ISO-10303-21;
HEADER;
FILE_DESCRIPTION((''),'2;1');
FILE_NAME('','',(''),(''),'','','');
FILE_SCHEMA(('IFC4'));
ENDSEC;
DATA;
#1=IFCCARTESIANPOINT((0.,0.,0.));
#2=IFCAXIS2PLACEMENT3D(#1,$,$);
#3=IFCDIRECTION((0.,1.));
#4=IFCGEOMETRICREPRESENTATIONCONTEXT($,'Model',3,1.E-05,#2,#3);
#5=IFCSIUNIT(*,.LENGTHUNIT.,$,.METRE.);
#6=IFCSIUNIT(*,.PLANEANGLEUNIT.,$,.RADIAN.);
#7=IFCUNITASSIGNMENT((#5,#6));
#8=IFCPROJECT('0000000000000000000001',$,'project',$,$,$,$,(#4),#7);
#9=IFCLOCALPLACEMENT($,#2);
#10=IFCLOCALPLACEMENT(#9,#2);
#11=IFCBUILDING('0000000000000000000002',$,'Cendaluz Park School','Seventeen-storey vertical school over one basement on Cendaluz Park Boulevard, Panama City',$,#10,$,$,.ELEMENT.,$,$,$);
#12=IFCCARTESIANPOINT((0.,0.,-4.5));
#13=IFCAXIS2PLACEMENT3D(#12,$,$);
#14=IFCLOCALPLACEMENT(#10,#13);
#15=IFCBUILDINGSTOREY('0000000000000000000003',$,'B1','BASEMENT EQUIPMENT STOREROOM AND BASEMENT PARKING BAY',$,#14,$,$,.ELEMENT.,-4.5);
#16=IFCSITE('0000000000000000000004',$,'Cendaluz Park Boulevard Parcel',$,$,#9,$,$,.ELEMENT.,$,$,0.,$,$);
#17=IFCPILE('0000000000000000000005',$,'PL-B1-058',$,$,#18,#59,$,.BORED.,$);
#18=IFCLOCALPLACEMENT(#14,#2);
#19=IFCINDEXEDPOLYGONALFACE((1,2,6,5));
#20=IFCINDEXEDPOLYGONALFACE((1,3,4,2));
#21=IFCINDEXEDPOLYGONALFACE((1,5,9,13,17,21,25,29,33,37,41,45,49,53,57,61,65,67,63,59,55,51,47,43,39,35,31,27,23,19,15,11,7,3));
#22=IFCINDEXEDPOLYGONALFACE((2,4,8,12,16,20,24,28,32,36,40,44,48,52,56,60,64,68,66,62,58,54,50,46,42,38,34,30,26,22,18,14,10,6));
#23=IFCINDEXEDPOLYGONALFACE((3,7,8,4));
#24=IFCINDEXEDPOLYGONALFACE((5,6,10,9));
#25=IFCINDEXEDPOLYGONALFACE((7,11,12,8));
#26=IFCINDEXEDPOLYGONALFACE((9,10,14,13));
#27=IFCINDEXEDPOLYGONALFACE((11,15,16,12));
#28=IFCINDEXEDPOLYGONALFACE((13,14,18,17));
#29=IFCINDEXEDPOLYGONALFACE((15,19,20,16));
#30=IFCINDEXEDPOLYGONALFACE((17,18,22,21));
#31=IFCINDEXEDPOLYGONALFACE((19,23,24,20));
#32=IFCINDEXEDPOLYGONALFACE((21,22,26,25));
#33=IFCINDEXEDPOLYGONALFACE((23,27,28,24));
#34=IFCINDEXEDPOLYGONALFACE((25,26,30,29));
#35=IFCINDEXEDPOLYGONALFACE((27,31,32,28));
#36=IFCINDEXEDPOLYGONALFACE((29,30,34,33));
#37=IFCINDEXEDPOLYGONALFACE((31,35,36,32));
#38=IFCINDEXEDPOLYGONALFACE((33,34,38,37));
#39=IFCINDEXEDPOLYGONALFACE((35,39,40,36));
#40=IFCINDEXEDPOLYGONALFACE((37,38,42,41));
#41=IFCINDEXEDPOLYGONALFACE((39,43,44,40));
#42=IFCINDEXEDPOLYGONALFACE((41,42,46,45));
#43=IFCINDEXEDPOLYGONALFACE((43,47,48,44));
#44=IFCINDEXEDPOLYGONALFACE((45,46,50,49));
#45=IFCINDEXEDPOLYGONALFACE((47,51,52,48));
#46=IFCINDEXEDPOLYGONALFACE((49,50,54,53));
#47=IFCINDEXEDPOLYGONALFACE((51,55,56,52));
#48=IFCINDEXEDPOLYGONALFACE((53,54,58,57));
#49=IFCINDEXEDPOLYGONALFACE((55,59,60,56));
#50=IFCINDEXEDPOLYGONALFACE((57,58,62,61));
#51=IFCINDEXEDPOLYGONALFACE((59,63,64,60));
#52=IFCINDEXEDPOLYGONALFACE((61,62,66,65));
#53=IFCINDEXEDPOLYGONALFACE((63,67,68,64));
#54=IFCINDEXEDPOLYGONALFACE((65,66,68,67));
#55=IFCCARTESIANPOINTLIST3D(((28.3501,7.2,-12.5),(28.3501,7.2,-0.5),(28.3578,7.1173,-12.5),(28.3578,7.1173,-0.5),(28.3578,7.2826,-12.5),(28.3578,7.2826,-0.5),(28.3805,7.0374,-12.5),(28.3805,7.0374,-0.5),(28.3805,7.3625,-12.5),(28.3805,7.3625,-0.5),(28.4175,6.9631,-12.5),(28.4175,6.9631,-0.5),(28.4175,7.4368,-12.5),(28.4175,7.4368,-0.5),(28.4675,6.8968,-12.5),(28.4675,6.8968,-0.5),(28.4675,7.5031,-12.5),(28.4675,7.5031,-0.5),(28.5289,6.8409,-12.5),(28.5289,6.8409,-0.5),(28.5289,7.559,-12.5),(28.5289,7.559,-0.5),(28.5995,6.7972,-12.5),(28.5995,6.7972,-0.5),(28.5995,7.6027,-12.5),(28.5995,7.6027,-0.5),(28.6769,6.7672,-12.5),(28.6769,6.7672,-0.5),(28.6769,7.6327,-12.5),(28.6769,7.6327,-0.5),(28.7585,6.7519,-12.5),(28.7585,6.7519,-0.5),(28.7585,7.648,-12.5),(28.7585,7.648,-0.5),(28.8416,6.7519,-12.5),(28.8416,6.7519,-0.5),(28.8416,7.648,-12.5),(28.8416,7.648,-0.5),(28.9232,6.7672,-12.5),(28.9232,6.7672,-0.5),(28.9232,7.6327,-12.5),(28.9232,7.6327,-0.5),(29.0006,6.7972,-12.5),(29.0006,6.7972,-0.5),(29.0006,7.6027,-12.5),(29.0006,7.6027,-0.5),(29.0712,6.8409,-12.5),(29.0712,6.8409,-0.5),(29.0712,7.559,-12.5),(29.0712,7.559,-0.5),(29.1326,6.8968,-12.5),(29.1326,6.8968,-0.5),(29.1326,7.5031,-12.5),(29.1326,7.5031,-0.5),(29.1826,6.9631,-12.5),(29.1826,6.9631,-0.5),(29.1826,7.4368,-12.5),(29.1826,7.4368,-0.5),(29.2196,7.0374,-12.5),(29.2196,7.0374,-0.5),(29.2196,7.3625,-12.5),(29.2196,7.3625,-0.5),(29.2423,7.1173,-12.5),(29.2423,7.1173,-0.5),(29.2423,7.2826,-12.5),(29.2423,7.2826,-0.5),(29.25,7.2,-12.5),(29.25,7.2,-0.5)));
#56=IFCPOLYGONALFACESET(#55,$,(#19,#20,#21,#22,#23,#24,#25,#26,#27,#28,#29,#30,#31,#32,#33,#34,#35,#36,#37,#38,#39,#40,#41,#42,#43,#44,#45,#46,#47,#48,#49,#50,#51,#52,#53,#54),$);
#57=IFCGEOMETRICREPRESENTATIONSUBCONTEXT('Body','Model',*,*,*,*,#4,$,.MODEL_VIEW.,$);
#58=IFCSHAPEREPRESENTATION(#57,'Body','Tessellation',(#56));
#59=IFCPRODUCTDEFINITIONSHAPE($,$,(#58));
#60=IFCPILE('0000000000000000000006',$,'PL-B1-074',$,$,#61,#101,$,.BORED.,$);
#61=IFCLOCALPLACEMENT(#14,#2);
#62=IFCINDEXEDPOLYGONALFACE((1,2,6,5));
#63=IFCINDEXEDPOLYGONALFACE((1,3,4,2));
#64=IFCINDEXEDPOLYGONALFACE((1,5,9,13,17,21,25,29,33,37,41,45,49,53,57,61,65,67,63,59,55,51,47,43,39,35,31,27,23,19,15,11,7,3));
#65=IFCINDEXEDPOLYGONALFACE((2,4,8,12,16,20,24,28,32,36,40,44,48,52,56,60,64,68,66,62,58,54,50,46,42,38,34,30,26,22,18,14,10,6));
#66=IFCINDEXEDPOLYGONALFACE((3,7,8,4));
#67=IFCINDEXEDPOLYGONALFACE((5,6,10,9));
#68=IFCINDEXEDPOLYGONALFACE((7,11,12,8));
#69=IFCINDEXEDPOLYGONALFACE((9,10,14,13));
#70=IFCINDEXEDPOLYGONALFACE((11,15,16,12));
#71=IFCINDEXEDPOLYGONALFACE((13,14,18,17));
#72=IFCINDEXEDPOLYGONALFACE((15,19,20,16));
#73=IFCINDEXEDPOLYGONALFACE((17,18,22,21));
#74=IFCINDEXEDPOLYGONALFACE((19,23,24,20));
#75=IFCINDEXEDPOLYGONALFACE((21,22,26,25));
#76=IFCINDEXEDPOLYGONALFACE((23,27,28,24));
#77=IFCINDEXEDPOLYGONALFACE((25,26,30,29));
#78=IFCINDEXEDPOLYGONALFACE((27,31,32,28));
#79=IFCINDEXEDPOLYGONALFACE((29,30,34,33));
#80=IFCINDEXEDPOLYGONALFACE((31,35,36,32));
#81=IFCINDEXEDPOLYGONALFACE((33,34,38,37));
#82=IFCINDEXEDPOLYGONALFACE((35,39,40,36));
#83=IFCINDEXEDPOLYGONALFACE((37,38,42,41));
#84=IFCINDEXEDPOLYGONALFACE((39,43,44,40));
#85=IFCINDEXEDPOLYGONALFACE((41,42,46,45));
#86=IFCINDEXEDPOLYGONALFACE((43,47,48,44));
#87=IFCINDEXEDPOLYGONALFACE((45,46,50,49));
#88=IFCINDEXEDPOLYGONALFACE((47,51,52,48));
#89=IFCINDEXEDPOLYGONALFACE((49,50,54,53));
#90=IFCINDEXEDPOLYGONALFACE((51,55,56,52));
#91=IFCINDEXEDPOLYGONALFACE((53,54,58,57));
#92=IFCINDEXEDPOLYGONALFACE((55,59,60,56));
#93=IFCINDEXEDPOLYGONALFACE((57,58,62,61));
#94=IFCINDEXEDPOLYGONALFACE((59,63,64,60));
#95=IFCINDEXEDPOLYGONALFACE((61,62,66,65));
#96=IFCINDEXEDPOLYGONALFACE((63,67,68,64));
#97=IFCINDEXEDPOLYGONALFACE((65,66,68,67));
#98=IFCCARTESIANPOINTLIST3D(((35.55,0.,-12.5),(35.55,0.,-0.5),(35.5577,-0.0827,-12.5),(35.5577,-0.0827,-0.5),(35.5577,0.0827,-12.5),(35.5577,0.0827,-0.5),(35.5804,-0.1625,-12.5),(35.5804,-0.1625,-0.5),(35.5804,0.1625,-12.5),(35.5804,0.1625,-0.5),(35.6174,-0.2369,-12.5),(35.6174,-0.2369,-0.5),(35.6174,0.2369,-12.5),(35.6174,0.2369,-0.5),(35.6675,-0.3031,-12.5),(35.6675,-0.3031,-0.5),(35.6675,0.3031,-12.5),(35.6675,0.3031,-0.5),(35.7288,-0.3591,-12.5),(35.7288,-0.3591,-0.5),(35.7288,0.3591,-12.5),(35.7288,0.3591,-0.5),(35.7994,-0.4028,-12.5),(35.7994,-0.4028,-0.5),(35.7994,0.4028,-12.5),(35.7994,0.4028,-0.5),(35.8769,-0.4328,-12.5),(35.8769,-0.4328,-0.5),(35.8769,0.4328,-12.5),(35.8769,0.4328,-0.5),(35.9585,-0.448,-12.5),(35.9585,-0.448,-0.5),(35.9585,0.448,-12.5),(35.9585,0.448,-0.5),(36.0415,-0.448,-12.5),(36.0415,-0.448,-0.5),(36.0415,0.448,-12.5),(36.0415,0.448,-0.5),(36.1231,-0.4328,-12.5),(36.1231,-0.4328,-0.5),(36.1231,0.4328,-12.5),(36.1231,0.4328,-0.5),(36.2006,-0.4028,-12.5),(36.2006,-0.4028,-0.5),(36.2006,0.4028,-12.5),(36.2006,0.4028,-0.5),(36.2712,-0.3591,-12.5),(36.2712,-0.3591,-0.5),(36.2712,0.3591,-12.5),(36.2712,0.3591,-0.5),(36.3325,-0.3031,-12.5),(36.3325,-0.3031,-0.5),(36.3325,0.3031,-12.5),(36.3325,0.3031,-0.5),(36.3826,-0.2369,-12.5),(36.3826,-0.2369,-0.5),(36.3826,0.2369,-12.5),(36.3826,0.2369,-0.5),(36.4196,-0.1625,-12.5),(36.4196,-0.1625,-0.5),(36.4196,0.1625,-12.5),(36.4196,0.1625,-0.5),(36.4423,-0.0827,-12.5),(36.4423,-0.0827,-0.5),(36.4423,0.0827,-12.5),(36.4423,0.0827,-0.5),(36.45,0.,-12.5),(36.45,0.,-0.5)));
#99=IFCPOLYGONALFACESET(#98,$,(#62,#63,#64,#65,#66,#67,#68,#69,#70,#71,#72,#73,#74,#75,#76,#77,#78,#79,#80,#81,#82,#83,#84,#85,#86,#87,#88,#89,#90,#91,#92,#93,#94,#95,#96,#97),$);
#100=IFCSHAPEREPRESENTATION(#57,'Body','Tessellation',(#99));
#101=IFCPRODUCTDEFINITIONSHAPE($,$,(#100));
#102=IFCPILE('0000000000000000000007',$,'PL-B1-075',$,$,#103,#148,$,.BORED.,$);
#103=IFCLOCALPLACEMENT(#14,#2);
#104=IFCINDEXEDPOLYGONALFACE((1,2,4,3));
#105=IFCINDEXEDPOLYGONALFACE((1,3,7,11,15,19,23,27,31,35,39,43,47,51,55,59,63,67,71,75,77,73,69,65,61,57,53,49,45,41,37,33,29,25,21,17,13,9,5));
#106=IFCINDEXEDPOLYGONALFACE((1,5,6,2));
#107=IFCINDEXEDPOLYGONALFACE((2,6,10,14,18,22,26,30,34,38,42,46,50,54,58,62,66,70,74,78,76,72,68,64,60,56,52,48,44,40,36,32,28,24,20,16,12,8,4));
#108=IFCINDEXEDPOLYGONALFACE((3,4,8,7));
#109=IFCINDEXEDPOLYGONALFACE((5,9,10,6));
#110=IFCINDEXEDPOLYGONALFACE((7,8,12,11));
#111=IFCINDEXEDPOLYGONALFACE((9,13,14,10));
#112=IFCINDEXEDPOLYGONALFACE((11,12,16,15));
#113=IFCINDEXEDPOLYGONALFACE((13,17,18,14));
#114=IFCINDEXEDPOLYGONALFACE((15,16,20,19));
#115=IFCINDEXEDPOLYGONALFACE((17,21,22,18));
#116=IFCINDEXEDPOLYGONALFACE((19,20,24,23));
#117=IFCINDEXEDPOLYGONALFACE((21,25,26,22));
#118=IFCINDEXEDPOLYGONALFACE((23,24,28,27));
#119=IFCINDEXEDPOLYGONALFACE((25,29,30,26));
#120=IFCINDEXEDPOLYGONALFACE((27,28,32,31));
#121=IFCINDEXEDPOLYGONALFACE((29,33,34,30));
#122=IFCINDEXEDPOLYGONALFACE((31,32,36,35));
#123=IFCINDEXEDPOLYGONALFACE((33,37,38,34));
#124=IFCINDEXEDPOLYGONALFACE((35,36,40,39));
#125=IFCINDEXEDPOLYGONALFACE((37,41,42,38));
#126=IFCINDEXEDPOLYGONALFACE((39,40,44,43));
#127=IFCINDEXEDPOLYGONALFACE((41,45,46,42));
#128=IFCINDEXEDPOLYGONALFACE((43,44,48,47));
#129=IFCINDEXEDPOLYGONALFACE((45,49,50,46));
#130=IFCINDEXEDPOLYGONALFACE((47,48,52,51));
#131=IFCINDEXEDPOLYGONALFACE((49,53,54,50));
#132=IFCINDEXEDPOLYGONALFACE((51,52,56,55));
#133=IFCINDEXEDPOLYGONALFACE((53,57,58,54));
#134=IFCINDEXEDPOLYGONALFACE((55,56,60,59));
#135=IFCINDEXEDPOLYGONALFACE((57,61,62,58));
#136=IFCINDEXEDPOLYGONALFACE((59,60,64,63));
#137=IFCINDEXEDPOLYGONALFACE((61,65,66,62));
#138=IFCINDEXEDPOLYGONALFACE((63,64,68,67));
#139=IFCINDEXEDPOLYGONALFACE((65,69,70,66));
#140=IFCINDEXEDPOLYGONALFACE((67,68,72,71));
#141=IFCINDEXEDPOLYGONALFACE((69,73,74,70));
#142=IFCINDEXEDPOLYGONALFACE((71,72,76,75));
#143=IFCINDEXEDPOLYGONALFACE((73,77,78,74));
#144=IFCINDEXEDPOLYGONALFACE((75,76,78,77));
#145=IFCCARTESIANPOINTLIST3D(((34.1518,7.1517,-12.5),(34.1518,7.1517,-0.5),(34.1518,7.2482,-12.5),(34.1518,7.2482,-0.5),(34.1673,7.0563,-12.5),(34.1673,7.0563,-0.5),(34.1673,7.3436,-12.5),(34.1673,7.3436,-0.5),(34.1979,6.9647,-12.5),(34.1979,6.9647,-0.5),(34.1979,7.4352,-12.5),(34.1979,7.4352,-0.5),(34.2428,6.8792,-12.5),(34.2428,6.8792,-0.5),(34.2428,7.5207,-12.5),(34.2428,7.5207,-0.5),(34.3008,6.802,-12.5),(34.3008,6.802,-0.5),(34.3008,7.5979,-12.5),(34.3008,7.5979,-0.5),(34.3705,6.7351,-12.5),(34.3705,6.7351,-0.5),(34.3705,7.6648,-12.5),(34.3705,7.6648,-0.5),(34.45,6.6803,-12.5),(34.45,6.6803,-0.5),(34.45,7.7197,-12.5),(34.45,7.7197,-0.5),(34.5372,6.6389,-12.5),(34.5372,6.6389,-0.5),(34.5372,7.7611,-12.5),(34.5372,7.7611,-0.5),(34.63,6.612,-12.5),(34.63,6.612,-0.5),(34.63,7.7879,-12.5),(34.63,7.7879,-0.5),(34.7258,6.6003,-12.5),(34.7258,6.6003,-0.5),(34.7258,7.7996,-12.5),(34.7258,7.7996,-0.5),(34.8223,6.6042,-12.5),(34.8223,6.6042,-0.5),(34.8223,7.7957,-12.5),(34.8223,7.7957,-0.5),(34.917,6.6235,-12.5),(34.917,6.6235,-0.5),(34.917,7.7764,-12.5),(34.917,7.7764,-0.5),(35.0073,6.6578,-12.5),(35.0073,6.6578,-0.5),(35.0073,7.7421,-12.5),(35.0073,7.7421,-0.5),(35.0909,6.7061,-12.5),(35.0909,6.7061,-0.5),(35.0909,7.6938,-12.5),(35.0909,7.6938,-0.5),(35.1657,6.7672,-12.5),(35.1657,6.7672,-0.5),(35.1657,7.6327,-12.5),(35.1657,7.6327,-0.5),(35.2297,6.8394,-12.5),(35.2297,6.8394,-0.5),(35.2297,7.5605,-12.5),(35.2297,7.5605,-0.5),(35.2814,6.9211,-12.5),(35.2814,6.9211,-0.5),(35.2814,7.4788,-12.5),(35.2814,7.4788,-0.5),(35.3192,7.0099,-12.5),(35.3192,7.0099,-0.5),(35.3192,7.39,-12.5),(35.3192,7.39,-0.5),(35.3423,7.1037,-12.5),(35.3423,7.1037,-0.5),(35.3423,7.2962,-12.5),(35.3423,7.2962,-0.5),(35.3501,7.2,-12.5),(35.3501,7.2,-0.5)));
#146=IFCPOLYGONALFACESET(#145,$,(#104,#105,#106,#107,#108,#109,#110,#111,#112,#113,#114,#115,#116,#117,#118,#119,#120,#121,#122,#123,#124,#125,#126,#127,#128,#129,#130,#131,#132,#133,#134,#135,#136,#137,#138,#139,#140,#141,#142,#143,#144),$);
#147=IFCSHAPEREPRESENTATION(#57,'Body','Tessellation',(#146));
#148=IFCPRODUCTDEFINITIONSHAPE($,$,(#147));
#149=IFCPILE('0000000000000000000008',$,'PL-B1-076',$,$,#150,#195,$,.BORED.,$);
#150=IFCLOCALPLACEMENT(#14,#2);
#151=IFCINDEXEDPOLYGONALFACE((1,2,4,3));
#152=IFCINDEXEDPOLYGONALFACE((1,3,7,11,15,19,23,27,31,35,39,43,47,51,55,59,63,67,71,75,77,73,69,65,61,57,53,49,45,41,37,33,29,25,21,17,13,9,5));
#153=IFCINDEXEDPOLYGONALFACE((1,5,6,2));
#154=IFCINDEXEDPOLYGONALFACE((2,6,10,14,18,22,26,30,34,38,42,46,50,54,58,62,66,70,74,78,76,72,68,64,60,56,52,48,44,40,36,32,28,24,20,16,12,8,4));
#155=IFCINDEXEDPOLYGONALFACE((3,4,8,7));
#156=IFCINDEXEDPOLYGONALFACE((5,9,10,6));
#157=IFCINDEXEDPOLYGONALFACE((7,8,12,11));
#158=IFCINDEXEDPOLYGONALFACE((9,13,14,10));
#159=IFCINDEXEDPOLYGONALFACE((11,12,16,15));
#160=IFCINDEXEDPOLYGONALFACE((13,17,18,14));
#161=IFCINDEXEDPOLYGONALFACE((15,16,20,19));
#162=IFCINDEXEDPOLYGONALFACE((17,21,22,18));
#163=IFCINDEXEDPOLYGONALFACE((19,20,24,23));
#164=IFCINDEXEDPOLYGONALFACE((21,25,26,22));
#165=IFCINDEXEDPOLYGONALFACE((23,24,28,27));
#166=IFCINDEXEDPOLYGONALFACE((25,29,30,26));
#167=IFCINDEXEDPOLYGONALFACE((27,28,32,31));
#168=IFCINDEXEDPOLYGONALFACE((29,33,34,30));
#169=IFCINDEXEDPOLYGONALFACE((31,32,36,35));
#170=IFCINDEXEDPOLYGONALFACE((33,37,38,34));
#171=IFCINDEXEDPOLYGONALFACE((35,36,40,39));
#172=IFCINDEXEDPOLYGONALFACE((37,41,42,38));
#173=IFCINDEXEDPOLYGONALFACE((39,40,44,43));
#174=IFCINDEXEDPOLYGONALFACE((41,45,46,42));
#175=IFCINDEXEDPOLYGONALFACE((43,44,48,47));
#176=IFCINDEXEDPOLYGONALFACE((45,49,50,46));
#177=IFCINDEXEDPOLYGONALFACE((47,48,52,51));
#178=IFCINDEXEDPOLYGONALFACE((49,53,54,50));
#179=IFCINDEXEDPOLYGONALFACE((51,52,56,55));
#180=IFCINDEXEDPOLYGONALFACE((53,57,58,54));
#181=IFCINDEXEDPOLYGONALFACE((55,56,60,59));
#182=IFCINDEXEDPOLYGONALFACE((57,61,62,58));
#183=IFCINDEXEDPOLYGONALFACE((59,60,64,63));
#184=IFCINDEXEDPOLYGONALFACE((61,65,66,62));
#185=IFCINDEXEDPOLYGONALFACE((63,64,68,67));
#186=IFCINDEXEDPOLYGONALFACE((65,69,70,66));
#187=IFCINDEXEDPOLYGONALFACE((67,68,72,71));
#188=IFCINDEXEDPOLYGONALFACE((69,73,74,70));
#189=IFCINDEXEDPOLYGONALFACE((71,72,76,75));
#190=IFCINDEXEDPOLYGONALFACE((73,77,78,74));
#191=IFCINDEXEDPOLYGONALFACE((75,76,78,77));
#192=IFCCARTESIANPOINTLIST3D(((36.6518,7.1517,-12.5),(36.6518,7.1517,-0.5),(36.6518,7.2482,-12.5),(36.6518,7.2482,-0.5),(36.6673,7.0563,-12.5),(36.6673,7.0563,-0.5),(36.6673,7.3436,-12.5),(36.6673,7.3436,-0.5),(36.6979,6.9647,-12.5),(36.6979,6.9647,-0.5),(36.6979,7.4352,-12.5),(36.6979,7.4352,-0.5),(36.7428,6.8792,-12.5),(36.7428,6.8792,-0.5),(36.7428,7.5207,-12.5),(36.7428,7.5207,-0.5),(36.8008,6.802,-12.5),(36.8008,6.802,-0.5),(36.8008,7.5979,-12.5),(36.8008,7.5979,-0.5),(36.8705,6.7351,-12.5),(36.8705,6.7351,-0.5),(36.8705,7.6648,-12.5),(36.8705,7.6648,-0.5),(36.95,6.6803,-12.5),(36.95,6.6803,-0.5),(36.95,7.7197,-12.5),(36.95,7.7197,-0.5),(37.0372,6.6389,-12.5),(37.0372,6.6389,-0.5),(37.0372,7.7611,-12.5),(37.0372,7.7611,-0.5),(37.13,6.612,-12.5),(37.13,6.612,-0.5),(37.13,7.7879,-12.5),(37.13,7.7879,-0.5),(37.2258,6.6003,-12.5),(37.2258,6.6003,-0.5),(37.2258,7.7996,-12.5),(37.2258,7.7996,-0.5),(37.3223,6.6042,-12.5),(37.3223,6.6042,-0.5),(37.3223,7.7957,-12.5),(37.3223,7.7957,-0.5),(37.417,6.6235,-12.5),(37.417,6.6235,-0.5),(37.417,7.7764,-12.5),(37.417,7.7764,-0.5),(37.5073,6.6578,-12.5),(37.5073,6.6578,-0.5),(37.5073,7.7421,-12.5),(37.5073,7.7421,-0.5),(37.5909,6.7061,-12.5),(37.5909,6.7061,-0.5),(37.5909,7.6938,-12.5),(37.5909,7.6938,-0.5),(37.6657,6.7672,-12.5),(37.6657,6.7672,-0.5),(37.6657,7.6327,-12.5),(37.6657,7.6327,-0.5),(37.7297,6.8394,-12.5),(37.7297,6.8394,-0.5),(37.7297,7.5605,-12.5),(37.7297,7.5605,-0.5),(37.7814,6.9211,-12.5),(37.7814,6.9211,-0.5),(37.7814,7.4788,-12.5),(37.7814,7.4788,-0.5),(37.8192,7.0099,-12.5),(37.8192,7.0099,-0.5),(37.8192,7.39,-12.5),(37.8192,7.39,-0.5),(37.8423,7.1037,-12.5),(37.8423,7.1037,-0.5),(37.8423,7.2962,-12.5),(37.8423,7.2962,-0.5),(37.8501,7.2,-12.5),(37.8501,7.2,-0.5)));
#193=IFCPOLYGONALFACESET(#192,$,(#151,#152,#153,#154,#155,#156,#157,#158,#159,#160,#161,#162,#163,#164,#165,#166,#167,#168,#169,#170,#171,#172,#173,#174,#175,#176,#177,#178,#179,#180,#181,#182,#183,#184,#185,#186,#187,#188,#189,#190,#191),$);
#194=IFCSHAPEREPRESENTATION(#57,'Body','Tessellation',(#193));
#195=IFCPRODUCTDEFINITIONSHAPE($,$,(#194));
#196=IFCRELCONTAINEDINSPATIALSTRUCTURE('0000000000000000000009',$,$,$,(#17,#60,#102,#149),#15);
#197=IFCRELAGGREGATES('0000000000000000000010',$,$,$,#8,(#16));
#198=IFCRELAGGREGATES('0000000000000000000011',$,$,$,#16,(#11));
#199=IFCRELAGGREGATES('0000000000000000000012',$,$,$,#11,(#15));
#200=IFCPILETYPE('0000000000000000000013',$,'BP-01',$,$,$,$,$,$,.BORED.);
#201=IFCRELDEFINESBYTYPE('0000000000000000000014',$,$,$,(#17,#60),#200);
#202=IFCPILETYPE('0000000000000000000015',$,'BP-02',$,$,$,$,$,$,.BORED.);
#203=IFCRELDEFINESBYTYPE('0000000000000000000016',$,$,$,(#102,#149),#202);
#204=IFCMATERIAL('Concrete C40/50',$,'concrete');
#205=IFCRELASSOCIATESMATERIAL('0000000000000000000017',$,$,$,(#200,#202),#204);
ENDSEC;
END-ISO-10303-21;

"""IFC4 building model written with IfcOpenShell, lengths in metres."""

from ifc_helpers import new_model, si_unit, direction, frame, origin, origin_2d, place, context, subcontext, project, spatial, circle, extrude, material, material_profile, profile_set, type_object, element, save


model = new_model("IFC4")

# Units and contexts
model_context = context("Model", 3, precision=1e-05, world=origin(), true_north=direction((0.0, 1.0)))
body_context = subcontext(model_context, "Body", "Model", "MODEL_VIEW")
ifc_project = project(units=[si_unit("LENGTHUNIT", "METRE"), si_unit("PLANEANGLEUNIT", "RADIAN")], contexts=[model_context])

# Site, building, storey
site_placement = place(None, origin())
site = spatial("IfcSite", under=ifc_project, at=site_placement, Name="Cendaluz Park Boulevard Parcel", CompositionType="ELEMENT", RefElevation=0.0)
building_placement = place(site_placement, origin())
building = spatial("IfcBuilding", under=site, at=building_placement, Name="Cendaluz Park School", Description="Seventeen-storey vertical school over one basement on Cendaluz Park Boulevard, Panama City", CompositionType="ELEMENT")
storey_placement = place(building_placement, frame((0.0, 0.0, -4.5)))
storey = spatial("IfcBuildingStorey", under=building, at=storey_placement, Name="B1", Description="BASEMENT EQUIPMENT STOREROOM AND BASEMENT PARKING BAY", CompositionType="ELEMENT", Elevation=-4.5)

# Piles
ifc_material_1 = material(Name="Concrete C40/50", Category="concrete")
ifc_material_profile_1 = material_profile(ifc_material_1, circle(Radius=0.45, at=origin_2d()), Name="BP D900", Category="concrete")
ifc_profile_set_1 = profile_set([ifc_material_profile_1], Name="Concrete C40/50")
pile_type_1 = type_object("IfcPileType", Name="BP-01", PredefinedType="BORED", material=ifc_profile_set_1)
for number, where, z_axis, x_axis, name in (
    (1, (28.8, 7.2, -0.5), (0.0, 0.0, -1.0), (1.0, 0.0, 0.0), "PL-B1-058"),
    (2, (36.0, 0.0, -0.5), (0.0, 0.0, -1.0), (1.0, 0.0, 0.0), "PL-B1-074"),
):
    element("IfcPile", number, at=place(storey_placement, frame(where, z_axis=z_axis, x_axis=x_axis)), inside=storey, type_object=pile_type_1, Name=name, PredefinedType="BORED", context=body_context, shape_type="SweptSolid", body=[
        extrude(circle(Radius=0.45, at=origin_2d()), origin(), (0.0, 0.0, 1.0), 12.0),
    ])
ifc_material_profile_2 = material_profile(ifc_material_1, circle(Radius=0.6001, at=origin_2d()), Name="BP D1200", Category="concrete")
ifc_profile_set_2 = profile_set([ifc_material_profile_2], Name="Concrete C40/50")
pile_type_2 = type_object("IfcPileType", Name="BP-02", PredefinedType="BORED", material=ifc_profile_set_2)
for number, where, z_axis, x_axis, name in (
    (3, (34.75, 7.2, -0.5), (0.0, 0.0, -1.0), (1.0, 0.0, 0.0), "PL-B1-075"),
    (4, (37.25, 7.2, -0.5), (0.0, 0.0, -1.0), (1.0, 0.0, 0.0), "PL-B1-076"),
):
    element("IfcPile", number, at=place(storey_placement, frame(where, z_axis=z_axis, x_axis=x_axis)), inside=storey, type_object=pile_type_2, Name=name, PredefinedType="BORED", context=body_context, shape_type="SweptSolid", body=[
        extrude(circle(Radius=0.6001, at=origin_2d()), origin(), (0.0, 0.0, 1.0), 12.0),
    ])

save(model, "model.ifc")
